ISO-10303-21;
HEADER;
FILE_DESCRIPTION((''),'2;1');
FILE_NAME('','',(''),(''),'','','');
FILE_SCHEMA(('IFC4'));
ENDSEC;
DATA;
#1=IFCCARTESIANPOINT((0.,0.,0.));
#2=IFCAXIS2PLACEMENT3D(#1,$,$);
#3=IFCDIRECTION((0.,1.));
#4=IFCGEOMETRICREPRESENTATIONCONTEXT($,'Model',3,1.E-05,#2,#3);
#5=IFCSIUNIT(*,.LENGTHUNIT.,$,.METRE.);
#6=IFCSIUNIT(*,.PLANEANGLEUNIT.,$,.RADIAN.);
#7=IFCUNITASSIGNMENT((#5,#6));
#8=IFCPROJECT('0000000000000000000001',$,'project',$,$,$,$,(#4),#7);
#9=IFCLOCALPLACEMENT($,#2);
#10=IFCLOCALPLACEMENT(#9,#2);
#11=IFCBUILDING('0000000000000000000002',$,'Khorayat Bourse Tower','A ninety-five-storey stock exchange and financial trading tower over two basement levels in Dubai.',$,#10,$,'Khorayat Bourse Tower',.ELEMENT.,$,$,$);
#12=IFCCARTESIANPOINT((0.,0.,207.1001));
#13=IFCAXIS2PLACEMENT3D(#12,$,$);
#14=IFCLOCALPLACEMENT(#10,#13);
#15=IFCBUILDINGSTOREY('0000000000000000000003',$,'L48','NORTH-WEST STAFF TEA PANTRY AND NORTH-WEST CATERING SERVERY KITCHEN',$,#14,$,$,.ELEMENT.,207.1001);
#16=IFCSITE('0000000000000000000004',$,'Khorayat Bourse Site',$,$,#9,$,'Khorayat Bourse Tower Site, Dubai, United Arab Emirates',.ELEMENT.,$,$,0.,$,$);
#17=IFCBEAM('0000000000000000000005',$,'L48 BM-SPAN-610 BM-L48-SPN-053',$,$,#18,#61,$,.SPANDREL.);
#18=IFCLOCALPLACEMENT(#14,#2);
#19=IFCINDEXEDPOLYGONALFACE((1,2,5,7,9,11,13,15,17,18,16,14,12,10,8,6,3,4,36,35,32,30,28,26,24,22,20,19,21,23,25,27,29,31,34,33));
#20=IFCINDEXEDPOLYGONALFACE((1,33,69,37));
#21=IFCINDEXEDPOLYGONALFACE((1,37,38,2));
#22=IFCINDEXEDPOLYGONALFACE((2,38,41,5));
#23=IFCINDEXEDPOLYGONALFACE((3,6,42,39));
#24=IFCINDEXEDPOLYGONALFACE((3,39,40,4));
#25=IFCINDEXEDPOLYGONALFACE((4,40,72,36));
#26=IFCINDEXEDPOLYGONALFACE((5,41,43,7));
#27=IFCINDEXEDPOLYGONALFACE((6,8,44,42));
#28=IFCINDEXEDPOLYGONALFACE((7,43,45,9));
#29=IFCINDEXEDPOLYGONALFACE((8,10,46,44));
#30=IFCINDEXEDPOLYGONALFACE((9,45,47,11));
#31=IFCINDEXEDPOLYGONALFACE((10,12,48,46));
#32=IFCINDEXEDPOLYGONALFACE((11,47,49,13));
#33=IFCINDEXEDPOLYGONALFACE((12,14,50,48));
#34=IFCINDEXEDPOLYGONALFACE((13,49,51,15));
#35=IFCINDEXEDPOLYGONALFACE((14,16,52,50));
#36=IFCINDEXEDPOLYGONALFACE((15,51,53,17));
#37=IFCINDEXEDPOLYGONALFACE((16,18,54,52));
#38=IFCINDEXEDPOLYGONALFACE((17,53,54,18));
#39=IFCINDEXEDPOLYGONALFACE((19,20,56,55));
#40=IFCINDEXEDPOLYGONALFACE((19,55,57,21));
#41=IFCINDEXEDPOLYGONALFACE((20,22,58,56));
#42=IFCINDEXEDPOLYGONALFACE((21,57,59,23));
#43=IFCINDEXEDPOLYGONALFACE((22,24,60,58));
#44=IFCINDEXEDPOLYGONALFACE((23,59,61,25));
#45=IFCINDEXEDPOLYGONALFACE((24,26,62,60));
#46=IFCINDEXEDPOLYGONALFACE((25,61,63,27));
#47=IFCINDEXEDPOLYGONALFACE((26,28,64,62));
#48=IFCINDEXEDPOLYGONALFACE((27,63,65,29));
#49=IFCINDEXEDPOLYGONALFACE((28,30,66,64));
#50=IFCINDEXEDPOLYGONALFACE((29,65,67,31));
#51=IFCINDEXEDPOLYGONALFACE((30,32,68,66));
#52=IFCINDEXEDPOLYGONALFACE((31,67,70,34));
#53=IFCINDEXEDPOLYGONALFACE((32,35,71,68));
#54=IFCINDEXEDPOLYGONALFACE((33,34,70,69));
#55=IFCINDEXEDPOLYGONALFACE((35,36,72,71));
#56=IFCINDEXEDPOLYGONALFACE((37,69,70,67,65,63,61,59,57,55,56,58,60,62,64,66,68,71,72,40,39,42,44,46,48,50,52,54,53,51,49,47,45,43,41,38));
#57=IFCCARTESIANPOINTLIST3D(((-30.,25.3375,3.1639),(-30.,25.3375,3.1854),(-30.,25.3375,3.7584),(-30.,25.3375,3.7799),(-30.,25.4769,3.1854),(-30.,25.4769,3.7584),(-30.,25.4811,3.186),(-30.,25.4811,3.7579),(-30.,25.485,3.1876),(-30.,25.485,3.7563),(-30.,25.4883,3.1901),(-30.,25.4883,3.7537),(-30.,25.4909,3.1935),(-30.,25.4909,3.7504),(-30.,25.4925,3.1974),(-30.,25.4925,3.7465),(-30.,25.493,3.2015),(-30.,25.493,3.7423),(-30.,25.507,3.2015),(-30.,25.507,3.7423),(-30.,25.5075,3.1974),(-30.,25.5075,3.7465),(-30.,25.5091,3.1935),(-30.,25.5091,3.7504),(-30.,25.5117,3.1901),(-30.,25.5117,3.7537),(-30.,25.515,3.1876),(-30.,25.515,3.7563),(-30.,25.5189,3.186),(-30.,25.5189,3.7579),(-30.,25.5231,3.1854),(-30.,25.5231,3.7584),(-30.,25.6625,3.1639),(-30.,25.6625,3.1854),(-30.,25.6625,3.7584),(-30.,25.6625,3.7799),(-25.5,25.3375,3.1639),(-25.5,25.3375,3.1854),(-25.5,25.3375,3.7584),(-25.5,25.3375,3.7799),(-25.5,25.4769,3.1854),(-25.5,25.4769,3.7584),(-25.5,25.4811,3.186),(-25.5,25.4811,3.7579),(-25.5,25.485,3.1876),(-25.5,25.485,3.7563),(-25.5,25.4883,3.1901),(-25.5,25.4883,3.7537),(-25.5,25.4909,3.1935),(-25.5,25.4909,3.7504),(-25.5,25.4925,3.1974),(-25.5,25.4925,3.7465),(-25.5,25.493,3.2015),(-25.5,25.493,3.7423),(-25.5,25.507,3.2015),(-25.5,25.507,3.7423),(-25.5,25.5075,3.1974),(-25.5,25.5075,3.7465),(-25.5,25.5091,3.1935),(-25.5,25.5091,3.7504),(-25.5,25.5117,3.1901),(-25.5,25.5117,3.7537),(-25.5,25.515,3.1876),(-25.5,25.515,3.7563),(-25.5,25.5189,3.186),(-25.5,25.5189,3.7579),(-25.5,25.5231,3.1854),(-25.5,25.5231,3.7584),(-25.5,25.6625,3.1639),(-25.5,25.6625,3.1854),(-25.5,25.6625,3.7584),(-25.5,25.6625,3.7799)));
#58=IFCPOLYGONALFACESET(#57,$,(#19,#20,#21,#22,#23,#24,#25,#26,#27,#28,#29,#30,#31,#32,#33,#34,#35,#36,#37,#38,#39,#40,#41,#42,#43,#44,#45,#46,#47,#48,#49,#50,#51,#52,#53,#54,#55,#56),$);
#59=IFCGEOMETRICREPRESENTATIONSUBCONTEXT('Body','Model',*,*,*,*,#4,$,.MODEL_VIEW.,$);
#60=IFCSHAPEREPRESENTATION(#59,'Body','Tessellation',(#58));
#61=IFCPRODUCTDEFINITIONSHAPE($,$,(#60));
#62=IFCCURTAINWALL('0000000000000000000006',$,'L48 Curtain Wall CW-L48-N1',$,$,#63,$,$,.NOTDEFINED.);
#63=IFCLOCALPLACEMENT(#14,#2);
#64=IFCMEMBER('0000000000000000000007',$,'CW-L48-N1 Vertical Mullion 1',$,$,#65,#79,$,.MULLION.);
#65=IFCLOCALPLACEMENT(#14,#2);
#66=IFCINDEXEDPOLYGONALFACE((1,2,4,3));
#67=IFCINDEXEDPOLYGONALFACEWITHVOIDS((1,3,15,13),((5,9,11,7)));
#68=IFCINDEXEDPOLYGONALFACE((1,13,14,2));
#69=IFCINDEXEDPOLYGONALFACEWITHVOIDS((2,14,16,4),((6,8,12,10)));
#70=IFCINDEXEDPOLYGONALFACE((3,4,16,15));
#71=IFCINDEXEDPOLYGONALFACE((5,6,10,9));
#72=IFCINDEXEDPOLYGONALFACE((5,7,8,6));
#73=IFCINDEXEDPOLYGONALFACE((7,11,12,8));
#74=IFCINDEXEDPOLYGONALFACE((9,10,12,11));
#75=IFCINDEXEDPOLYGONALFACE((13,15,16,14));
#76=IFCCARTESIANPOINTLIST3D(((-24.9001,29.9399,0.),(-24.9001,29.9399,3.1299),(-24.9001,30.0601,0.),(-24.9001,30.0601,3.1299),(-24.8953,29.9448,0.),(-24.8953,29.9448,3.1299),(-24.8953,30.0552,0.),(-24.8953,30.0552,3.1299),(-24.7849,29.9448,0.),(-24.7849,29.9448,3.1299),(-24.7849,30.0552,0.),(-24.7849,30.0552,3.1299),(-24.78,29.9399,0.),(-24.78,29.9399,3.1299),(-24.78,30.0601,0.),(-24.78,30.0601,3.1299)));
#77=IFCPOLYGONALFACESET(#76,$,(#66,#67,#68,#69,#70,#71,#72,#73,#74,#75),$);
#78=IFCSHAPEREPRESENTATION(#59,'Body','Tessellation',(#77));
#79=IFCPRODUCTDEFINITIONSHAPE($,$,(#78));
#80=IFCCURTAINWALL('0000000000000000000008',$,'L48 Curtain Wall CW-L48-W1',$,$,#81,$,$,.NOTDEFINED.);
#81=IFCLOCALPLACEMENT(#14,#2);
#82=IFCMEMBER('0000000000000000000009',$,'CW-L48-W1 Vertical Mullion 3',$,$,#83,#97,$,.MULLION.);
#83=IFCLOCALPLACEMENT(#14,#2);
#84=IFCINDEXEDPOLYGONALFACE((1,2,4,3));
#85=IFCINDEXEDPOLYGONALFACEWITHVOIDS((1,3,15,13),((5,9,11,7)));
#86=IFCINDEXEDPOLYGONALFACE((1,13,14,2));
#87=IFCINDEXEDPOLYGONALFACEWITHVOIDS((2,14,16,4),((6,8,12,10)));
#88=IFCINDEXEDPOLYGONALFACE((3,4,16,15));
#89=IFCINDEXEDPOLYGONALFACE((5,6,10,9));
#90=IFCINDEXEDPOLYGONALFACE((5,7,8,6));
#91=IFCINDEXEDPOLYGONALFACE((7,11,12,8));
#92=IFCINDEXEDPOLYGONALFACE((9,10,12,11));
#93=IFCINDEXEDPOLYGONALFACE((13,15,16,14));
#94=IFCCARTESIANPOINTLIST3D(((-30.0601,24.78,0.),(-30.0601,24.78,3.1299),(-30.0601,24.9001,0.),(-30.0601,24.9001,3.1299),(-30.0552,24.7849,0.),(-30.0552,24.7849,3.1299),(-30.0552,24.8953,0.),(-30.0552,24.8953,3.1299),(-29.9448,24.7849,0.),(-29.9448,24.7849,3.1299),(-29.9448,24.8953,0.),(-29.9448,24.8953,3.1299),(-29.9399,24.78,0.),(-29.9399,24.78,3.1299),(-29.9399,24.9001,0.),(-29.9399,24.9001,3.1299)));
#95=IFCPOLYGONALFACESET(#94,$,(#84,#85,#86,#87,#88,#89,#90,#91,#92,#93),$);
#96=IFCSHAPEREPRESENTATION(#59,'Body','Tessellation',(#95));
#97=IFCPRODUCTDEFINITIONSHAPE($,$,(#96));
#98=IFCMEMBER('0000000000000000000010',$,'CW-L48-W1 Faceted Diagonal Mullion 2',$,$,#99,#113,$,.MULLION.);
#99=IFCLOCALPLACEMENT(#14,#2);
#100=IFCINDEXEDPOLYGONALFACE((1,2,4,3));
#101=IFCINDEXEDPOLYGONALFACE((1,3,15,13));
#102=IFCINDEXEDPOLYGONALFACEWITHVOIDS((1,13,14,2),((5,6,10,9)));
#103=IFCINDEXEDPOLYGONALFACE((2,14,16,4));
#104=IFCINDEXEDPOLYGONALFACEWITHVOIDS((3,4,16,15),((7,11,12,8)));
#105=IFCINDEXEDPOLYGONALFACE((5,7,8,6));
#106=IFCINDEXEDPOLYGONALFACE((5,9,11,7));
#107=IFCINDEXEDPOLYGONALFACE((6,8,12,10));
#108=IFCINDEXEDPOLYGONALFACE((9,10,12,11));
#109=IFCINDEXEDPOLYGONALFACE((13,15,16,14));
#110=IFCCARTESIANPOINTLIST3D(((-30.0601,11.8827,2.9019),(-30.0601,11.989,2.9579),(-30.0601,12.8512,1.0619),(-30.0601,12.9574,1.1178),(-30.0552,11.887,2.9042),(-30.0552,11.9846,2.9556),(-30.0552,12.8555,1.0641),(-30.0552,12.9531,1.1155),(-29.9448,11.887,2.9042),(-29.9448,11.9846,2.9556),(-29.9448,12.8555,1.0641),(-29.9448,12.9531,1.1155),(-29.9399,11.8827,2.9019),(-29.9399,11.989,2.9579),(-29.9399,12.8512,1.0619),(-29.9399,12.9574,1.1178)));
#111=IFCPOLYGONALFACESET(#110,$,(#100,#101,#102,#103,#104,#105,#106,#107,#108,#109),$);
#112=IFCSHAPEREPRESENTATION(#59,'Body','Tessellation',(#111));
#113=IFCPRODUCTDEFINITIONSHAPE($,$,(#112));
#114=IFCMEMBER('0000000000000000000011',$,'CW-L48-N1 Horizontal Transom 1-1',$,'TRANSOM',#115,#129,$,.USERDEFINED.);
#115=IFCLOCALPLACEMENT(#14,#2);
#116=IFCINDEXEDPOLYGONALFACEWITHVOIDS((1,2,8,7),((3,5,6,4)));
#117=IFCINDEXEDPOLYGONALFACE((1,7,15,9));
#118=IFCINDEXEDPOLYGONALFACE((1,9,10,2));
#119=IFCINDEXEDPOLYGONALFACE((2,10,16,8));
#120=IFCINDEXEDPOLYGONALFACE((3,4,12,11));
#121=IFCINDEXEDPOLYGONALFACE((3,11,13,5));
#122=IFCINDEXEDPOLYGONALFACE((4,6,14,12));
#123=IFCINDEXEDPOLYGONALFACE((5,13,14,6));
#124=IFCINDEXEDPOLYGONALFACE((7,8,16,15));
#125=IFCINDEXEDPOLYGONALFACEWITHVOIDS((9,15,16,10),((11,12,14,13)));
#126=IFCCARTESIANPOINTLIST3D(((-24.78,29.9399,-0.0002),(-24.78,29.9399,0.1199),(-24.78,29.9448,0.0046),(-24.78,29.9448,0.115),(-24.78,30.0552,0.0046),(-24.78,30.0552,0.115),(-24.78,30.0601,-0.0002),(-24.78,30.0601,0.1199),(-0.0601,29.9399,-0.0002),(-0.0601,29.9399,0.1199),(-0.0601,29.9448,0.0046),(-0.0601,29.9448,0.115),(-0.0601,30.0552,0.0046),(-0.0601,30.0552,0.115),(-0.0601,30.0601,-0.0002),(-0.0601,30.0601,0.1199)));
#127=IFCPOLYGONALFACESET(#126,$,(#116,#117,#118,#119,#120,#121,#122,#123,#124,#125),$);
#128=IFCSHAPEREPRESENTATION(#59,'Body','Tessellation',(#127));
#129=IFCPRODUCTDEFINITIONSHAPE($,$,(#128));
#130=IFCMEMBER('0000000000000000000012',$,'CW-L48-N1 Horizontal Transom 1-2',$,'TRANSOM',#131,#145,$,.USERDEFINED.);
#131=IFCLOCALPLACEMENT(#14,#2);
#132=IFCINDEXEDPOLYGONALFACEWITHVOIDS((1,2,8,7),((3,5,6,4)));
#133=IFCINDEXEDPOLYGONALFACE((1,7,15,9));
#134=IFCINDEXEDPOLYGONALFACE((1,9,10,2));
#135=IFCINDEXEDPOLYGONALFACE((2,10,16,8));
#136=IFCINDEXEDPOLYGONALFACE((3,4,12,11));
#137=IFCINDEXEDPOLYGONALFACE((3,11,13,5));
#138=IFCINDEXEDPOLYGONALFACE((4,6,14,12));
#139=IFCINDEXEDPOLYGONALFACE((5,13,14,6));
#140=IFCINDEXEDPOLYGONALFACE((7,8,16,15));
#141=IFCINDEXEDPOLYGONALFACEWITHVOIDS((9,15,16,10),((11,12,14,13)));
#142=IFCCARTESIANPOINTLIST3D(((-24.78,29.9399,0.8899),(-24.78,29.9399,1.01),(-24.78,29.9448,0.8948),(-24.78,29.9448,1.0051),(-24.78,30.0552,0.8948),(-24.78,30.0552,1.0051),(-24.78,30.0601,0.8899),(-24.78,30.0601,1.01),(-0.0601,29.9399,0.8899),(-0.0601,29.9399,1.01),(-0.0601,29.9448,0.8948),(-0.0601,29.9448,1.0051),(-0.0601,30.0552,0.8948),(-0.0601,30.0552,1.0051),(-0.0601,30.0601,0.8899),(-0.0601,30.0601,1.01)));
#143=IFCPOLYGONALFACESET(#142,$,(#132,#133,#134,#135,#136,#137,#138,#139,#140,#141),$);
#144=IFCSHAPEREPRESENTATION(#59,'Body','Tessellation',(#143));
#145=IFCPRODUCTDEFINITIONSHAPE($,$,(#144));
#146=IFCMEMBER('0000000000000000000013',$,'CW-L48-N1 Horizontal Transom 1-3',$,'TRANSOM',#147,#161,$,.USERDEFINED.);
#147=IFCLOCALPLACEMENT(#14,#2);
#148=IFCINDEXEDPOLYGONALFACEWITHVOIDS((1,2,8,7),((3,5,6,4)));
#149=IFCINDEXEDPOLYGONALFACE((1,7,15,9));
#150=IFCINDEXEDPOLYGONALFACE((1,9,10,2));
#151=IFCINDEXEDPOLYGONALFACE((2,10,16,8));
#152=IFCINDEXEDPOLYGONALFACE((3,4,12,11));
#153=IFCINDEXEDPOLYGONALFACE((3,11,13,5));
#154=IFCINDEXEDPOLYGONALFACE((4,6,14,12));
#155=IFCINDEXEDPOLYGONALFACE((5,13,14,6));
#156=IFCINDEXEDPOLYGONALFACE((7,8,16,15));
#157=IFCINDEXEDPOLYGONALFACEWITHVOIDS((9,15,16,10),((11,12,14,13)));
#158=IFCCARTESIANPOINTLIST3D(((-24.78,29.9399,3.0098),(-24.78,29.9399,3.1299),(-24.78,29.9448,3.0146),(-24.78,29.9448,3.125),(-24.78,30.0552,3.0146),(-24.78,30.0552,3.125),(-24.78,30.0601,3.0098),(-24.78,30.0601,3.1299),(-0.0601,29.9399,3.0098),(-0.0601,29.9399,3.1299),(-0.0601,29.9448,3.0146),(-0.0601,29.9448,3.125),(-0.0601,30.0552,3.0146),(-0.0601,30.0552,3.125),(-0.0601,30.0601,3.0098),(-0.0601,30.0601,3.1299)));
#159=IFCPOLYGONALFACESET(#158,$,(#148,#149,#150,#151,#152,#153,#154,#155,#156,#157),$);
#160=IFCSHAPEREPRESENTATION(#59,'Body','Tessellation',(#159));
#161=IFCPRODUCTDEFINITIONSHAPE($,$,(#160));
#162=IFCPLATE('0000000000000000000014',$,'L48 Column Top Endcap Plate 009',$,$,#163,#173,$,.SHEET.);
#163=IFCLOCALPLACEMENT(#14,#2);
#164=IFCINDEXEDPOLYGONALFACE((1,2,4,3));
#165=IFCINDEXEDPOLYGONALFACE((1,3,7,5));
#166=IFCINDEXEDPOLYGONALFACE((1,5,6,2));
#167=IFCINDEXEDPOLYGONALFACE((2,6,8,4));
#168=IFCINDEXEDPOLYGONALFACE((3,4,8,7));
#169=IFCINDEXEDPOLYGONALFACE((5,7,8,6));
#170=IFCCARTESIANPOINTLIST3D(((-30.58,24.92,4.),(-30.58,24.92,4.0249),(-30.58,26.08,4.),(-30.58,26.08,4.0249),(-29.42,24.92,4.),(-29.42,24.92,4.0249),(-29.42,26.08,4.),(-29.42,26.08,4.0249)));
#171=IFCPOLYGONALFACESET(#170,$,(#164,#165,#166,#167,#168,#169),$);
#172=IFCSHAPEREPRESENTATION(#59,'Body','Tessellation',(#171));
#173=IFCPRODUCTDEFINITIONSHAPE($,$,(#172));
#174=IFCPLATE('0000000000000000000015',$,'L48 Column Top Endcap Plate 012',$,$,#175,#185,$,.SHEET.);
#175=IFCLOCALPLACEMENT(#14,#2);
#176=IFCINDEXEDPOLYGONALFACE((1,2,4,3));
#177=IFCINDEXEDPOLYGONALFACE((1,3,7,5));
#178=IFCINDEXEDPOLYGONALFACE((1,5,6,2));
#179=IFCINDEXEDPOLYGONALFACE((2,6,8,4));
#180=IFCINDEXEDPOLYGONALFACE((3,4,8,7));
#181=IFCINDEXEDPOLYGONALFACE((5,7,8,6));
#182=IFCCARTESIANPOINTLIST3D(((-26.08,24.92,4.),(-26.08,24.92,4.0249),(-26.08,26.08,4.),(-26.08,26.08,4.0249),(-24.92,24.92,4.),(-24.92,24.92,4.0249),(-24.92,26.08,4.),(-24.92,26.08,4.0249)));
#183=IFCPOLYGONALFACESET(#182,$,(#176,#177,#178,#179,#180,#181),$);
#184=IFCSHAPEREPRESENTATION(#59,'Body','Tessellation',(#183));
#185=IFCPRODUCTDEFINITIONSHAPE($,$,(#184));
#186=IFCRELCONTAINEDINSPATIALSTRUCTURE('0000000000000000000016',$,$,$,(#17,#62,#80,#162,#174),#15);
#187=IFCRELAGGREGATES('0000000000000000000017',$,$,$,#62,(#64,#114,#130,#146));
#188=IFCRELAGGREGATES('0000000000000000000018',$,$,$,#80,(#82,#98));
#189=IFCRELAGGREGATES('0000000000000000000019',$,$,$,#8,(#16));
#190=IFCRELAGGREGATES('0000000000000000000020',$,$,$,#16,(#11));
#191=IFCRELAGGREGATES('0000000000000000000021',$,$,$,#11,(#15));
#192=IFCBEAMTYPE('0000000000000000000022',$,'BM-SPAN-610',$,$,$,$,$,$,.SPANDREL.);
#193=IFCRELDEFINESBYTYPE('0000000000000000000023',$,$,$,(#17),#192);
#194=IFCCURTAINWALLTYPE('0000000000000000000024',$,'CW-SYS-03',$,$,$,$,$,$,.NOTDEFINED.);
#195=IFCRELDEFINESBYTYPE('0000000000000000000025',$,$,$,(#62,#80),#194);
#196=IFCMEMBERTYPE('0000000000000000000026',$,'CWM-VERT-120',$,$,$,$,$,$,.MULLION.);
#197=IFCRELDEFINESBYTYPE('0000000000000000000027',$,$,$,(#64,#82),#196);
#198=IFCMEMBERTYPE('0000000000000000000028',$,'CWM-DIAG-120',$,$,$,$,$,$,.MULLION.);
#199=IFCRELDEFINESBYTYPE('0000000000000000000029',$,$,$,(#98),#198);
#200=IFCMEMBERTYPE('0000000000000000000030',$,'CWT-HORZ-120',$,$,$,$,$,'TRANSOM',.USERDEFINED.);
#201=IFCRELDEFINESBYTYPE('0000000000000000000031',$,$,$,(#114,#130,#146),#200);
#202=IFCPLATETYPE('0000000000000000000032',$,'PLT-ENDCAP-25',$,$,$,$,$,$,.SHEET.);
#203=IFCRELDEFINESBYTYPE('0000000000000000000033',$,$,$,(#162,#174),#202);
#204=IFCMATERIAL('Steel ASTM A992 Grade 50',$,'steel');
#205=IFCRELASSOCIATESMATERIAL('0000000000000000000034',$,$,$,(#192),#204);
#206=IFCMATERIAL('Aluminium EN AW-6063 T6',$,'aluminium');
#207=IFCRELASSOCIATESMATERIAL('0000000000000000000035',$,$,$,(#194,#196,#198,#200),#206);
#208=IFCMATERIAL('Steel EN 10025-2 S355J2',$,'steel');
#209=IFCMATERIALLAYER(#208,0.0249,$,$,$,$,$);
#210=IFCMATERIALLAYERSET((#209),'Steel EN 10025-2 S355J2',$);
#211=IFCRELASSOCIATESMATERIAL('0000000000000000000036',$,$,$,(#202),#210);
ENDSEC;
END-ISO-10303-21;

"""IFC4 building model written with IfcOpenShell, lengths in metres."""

from ifc_helpers import new_model, si_unit, direction, frame, origin, origin_2d, place, context, subcontext, project, spatial, rectangle, hollow_rectangle, i_section, extrude, source, transform, mapped, material, layer, layer_set, material_profile, profile_set, type_object, element, aggregate, save


model = new_model("IFC4")

# Units and contexts
model_context = context("Model", 3, precision=1e-05, world=origin(), true_north=direction((0.0, 1.0)))
body_context = subcontext(model_context, "Body", "Model", "MODEL_VIEW")
ifc_project = project(units=[si_unit("LENGTHUNIT", "METRE"), si_unit("PLANEANGLEUNIT", "RADIAN")], contexts=[model_context])

# Site, building, storey
site_placement = place(None, origin())
site = spatial("IfcSite", under=ifc_project, at=site_placement, Name="Khorayat Bourse Site", LongName="Khorayat Bourse Tower Site, Dubai, United Arab Emirates", CompositionType="ELEMENT", RefElevation=0.0)
building_placement = place(site_placement, origin())
building = spatial("IfcBuilding", under=site, at=building_placement, Name="Khorayat Bourse Tower", Description="A ninety-five-storey stock exchange and financial trading tower over two basement levels in Dubai.", LongName="Khorayat Bourse Tower", CompositionType="ELEMENT")
storey_placement = place(building_placement, frame((0.0, 0.0, 207.1001)))
storey = spatial("IfcBuildingStorey", under=building, at=storey_placement, Name="L48", Description="NORTH-WEST STAFF TEA PANTRY AND NORTH-WEST CATERING SERVERY KITCHEN", CompositionType="ELEMENT", Elevation=207.1001)

# Beam
ifc_material_1 = material(Name="Steel ASTM A992 Grade 50", Category="steel")
ifc_material_profile_1 = material_profile(ifc_material_1, i_section(OverallWidth=0.325, OverallDepth=0.616, WebThickness=0.0139, FlangeThickness=0.0215, FilletRadius=0.0161, at=origin_2d()), Name="W610X174")
ifc_profile_set_1 = profile_set([ifc_material_profile_1], Name="Steel ASTM A992 Grade 50")
beam_type_1 = type_object("IfcBeamType", Name="BM-SPAN-610", PredefinedType="SPANDREL", material=ifc_profile_set_1)
shared_shape_1 = source(origin(), body_context, "Body", "SweptSolid", [
    extrude(i_section(OverallWidth=0.325, OverallDepth=0.616, WebThickness=0.0139, FlangeThickness=0.0215, FilletRadius=0.0161, at=origin_2d()), origin(), (0.0, 0.0, 1.0), 4.5),
])
for number, where, z_axis, x_axis, name in (
    (1, (-30.0, 25.5, 3.4719), (1.0, 0.0, 0.0), (0.0, 1.0, 0.0), "L48 BM-SPAN-610 BM-L48-SPN-053"),
):
    element("IfcBeam", number, at=place(storey_placement, frame(where, z_axis=z_axis, x_axis=x_axis)), inside=storey, type_object=beam_type_1, Name=name, PredefinedType="SPANDREL", context=body_context, shape_type="MappedRepresentation", body=[
        mapped(shared_shape_1, transform((0.0, 0.0, 0.0), scale=1.0)),
    ])

# Curtain wall, member
ifc_material_2 = material(Name="Aluminium EN AW-6063 T6", Category="aluminium")
curtain_wall_type = type_object("IfcCurtainWallType", Name="CW-SYS-03", PredefinedType="NOTDEFINED", material=ifc_material_2)
curtain_wall_1_placement = place(storey_placement, origin())
curtain_wall_1 = element("IfcCurtainWall", 2, at=curtain_wall_1_placement, inside=storey, type_object=curtain_wall_type, Name="L48 Curtain Wall CW-L48-N1", PredefinedType="NOTDEFINED")
ifc_material_profile_2 = material_profile(ifc_material_2, hollow_rectangle(XDim=0.1201, YDim=0.1201, WallThickness=0.0049, at=origin_2d()), Name="ALU 120x120x5")
ifc_profile_set_2 = profile_set([ifc_material_profile_2], Name="Aluminium EN AW-6063 T6")
member_type_1 = type_object("IfcMemberType", Name="CWM-VERT-120", PredefinedType="MULLION", material=ifc_profile_set_2)
shared_shape_2 = source(origin(), body_context, "Body", "SweptSolid", [
    extrude(hollow_rectangle(XDim=0.1201, YDim=0.1201, WallThickness=0.0049, at=origin_2d()), origin(), (0.0, 0.0, 1.0), 3.1299),
])
member_1_placement = place(storey_placement, frame((-24.8401, 30.0, 0.0), z_axis=(0.0, 0.0, 1.0), x_axis=(0.0, 1.0, 0.0)))
member_1 = element("IfcMember", 3, at=member_1_placement, type_object=member_type_1, Name="CW-L48-N1 Vertical Mullion 1", PredefinedType="MULLION", context=body_context, shape_type="MappedRepresentation", body=[
    mapped(shared_shape_2, transform((0.0, 0.0, 0.0), scale=1.0)),
])

# Curtain wall, members
curtain_wall_2_placement = place(storey_placement, origin())
curtain_wall_2 = element("IfcCurtainWall", 4, at=curtain_wall_2_placement, inside=storey, type_object=curtain_wall_type, Name="L48 Curtain Wall CW-L48-W1", PredefinedType="NOTDEFINED")
member_2_placement = place(storey_placement, frame((-30.0, 24.8401, 0.0), z_axis=(0.0, 0.0, 1.0), x_axis=(-1.0, 0.0, 0.0)))
member_2 = element("IfcMember", 5, at=member_2_placement, type_object=member_type_1, Name="CW-L48-W1 Vertical Mullion 3", PredefinedType="MULLION", context=body_context, shape_type="MappedRepresentation", body=[
    mapped(shared_shape_2, transform((0.0, 0.0, 0.0), scale=1.0)),
])
ifc_material_profile_3 = material_profile(ifc_material_2, hollow_rectangle(XDim=0.1201, YDim=0.1201, WallThickness=0.0049, at=origin_2d()), Name="ALU 120x120x5")
ifc_profile_set_3 = profile_set([ifc_material_profile_3], Name="Aluminium EN AW-6063 T6")
member_type_2 = type_object("IfcMemberType", Name="CWM-DIAG-120", PredefinedType="MULLION", material=ifc_profile_set_3)
shared_shape_3 = source(origin(), body_context, "Body", "SweptSolid", [
    extrude(hollow_rectangle(XDim=0.1201, YDim=0.1201, WallThickness=0.0049, at=origin_2d()), origin(), (0.0, 0.0, 1.0), 2.0793),
])
member_3_placement = place(storey_placement, frame((-30.0, 12.9043, 1.0898), z_axis=(0.0, -0.465761, 0.884911), x_axis=(1.0, 0.0, 0.0)))
member_3 = element("IfcMember", 6, at=member_3_placement, type_object=member_type_2, Name="CW-L48-W1 Faceted Diagonal Mullion 2", PredefinedType="MULLION", context=body_context, shape_type="MappedRepresentation", body=[
    mapped(shared_shape_3, transform((0.0, 0.0, 0.0), scale=1.0)),
])

# Members
ifc_material_profile_4 = material_profile(ifc_material_2, hollow_rectangle(XDim=0.1201, YDim=0.1201, WallThickness=0.0049, at=origin_2d()), Name="ALU 120x120x5")
ifc_profile_set_4 = profile_set([ifc_material_profile_4], Name="Aluminium EN AW-6063 T6")
member_type_3 = type_object("IfcMemberType", Name="CWT-HORZ-120", ElementType="TRANSOM", PredefinedType="USERDEFINED", material=ifc_profile_set_4)
shared_shape_4 = source(origin(), body_context, "Body", "SweptSolid", [
    extrude(hollow_rectangle(XDim=0.1201, YDim=0.1201, WallThickness=0.0049, at=origin_2d()), origin(), (0.0, 0.0, 1.0), 24.72),
])
member_4_placement = place(storey_placement, frame((-24.78, 30.0, 0.0598), z_axis=(1.0, 0.0, 0.0), x_axis=(0.0, 1.0, 0.0)))
member_4 = element("IfcMember", 7, at=member_4_placement, type_object=member_type_3, Name="CW-L48-N1 Horizontal Transom 1-1", ObjectType="TRANSOM", PredefinedType="USERDEFINED", context=body_context, shape_type="MappedRepresentation", body=[
    mapped(shared_shape_4, transform((0.0, 0.0, 0.0), scale=1.0)),
])
member_5_placement = place(storey_placement, frame((-24.78, 30.0, 0.95), z_axis=(1.0, 0.0, 0.0), x_axis=(0.0, 1.0, 0.0)))
member_5 = element("IfcMember", 8, at=member_5_placement, type_object=member_type_3, Name="CW-L48-N1 Horizontal Transom 1-2", ObjectType="TRANSOM", PredefinedType="USERDEFINED", context=body_context, shape_type="MappedRepresentation", body=[
    mapped(shared_shape_4, transform((0.0, 0.0, 0.0), scale=1.0)),
])
member_6_placement = place(storey_placement, frame((-24.78, 30.0, 3.0698), z_axis=(1.0, 0.0, 0.0), x_axis=(0.0, 1.0, 0.0)))
member_6 = element("IfcMember", 9, at=member_6_placement, type_object=member_type_3, Name="CW-L48-N1 Horizontal Transom 1-3", ObjectType="TRANSOM", PredefinedType="USERDEFINED", context=body_context, shape_type="MappedRepresentation", body=[
    mapped(shared_shape_4, transform((0.0, 0.0, 0.0), scale=1.0)),
])
aggregate(curtain_wall_1, [member_1, member_4, member_5, member_6])

# Plates
ifc_material_3 = material(Name="Steel EN 10025-2 S355J2", Category="steel")
ifc_layer_1 = layer(ifc_material_3, 0.0249)
ifc_layer_set_1 = layer_set([ifc_layer_1], Name="Steel EN 10025-2 S355J2")
plate_type_1 = type_object("IfcPlateType", Name="PLT-ENDCAP-25", PredefinedType="SHEET", material=ifc_layer_set_1)
shared_shape_5 = source(origin(), body_context, "Body", "SweptSolid", [
    extrude(rectangle(XDim=1.1599, YDim=1.1599, at=origin_2d()), origin(), (0.0, 0.0, 1.0), 0.0249),
])
for number, where, z_axis, x_axis, name in (
    (10, (-30.0, 25.5, 4.0), (0.0, 0.0, 1.0), (1.0, 0.0, 0.0), "L48 Column Top Endcap Plate 009"),
    (11, (-25.5, 25.5, 4.0), (0.0, 0.0, 1.0), (1.0, 0.0, 0.0), "L48 Column Top Endcap Plate 012"),
):
    element("IfcPlate", number, at=place(storey_placement, frame(where, z_axis=z_axis, x_axis=x_axis)), inside=storey, type_object=plate_type_1, Name=name, PredefinedType="SHEET", context=body_context, shape_type="MappedRepresentation", body=[
        mapped(shared_shape_5, transform((0.0, 0.0, 0.0), scale=1.0)),
    ])

aggregate(curtain_wall_2, [member_2, member_3])

save(model, "model.ifc")
